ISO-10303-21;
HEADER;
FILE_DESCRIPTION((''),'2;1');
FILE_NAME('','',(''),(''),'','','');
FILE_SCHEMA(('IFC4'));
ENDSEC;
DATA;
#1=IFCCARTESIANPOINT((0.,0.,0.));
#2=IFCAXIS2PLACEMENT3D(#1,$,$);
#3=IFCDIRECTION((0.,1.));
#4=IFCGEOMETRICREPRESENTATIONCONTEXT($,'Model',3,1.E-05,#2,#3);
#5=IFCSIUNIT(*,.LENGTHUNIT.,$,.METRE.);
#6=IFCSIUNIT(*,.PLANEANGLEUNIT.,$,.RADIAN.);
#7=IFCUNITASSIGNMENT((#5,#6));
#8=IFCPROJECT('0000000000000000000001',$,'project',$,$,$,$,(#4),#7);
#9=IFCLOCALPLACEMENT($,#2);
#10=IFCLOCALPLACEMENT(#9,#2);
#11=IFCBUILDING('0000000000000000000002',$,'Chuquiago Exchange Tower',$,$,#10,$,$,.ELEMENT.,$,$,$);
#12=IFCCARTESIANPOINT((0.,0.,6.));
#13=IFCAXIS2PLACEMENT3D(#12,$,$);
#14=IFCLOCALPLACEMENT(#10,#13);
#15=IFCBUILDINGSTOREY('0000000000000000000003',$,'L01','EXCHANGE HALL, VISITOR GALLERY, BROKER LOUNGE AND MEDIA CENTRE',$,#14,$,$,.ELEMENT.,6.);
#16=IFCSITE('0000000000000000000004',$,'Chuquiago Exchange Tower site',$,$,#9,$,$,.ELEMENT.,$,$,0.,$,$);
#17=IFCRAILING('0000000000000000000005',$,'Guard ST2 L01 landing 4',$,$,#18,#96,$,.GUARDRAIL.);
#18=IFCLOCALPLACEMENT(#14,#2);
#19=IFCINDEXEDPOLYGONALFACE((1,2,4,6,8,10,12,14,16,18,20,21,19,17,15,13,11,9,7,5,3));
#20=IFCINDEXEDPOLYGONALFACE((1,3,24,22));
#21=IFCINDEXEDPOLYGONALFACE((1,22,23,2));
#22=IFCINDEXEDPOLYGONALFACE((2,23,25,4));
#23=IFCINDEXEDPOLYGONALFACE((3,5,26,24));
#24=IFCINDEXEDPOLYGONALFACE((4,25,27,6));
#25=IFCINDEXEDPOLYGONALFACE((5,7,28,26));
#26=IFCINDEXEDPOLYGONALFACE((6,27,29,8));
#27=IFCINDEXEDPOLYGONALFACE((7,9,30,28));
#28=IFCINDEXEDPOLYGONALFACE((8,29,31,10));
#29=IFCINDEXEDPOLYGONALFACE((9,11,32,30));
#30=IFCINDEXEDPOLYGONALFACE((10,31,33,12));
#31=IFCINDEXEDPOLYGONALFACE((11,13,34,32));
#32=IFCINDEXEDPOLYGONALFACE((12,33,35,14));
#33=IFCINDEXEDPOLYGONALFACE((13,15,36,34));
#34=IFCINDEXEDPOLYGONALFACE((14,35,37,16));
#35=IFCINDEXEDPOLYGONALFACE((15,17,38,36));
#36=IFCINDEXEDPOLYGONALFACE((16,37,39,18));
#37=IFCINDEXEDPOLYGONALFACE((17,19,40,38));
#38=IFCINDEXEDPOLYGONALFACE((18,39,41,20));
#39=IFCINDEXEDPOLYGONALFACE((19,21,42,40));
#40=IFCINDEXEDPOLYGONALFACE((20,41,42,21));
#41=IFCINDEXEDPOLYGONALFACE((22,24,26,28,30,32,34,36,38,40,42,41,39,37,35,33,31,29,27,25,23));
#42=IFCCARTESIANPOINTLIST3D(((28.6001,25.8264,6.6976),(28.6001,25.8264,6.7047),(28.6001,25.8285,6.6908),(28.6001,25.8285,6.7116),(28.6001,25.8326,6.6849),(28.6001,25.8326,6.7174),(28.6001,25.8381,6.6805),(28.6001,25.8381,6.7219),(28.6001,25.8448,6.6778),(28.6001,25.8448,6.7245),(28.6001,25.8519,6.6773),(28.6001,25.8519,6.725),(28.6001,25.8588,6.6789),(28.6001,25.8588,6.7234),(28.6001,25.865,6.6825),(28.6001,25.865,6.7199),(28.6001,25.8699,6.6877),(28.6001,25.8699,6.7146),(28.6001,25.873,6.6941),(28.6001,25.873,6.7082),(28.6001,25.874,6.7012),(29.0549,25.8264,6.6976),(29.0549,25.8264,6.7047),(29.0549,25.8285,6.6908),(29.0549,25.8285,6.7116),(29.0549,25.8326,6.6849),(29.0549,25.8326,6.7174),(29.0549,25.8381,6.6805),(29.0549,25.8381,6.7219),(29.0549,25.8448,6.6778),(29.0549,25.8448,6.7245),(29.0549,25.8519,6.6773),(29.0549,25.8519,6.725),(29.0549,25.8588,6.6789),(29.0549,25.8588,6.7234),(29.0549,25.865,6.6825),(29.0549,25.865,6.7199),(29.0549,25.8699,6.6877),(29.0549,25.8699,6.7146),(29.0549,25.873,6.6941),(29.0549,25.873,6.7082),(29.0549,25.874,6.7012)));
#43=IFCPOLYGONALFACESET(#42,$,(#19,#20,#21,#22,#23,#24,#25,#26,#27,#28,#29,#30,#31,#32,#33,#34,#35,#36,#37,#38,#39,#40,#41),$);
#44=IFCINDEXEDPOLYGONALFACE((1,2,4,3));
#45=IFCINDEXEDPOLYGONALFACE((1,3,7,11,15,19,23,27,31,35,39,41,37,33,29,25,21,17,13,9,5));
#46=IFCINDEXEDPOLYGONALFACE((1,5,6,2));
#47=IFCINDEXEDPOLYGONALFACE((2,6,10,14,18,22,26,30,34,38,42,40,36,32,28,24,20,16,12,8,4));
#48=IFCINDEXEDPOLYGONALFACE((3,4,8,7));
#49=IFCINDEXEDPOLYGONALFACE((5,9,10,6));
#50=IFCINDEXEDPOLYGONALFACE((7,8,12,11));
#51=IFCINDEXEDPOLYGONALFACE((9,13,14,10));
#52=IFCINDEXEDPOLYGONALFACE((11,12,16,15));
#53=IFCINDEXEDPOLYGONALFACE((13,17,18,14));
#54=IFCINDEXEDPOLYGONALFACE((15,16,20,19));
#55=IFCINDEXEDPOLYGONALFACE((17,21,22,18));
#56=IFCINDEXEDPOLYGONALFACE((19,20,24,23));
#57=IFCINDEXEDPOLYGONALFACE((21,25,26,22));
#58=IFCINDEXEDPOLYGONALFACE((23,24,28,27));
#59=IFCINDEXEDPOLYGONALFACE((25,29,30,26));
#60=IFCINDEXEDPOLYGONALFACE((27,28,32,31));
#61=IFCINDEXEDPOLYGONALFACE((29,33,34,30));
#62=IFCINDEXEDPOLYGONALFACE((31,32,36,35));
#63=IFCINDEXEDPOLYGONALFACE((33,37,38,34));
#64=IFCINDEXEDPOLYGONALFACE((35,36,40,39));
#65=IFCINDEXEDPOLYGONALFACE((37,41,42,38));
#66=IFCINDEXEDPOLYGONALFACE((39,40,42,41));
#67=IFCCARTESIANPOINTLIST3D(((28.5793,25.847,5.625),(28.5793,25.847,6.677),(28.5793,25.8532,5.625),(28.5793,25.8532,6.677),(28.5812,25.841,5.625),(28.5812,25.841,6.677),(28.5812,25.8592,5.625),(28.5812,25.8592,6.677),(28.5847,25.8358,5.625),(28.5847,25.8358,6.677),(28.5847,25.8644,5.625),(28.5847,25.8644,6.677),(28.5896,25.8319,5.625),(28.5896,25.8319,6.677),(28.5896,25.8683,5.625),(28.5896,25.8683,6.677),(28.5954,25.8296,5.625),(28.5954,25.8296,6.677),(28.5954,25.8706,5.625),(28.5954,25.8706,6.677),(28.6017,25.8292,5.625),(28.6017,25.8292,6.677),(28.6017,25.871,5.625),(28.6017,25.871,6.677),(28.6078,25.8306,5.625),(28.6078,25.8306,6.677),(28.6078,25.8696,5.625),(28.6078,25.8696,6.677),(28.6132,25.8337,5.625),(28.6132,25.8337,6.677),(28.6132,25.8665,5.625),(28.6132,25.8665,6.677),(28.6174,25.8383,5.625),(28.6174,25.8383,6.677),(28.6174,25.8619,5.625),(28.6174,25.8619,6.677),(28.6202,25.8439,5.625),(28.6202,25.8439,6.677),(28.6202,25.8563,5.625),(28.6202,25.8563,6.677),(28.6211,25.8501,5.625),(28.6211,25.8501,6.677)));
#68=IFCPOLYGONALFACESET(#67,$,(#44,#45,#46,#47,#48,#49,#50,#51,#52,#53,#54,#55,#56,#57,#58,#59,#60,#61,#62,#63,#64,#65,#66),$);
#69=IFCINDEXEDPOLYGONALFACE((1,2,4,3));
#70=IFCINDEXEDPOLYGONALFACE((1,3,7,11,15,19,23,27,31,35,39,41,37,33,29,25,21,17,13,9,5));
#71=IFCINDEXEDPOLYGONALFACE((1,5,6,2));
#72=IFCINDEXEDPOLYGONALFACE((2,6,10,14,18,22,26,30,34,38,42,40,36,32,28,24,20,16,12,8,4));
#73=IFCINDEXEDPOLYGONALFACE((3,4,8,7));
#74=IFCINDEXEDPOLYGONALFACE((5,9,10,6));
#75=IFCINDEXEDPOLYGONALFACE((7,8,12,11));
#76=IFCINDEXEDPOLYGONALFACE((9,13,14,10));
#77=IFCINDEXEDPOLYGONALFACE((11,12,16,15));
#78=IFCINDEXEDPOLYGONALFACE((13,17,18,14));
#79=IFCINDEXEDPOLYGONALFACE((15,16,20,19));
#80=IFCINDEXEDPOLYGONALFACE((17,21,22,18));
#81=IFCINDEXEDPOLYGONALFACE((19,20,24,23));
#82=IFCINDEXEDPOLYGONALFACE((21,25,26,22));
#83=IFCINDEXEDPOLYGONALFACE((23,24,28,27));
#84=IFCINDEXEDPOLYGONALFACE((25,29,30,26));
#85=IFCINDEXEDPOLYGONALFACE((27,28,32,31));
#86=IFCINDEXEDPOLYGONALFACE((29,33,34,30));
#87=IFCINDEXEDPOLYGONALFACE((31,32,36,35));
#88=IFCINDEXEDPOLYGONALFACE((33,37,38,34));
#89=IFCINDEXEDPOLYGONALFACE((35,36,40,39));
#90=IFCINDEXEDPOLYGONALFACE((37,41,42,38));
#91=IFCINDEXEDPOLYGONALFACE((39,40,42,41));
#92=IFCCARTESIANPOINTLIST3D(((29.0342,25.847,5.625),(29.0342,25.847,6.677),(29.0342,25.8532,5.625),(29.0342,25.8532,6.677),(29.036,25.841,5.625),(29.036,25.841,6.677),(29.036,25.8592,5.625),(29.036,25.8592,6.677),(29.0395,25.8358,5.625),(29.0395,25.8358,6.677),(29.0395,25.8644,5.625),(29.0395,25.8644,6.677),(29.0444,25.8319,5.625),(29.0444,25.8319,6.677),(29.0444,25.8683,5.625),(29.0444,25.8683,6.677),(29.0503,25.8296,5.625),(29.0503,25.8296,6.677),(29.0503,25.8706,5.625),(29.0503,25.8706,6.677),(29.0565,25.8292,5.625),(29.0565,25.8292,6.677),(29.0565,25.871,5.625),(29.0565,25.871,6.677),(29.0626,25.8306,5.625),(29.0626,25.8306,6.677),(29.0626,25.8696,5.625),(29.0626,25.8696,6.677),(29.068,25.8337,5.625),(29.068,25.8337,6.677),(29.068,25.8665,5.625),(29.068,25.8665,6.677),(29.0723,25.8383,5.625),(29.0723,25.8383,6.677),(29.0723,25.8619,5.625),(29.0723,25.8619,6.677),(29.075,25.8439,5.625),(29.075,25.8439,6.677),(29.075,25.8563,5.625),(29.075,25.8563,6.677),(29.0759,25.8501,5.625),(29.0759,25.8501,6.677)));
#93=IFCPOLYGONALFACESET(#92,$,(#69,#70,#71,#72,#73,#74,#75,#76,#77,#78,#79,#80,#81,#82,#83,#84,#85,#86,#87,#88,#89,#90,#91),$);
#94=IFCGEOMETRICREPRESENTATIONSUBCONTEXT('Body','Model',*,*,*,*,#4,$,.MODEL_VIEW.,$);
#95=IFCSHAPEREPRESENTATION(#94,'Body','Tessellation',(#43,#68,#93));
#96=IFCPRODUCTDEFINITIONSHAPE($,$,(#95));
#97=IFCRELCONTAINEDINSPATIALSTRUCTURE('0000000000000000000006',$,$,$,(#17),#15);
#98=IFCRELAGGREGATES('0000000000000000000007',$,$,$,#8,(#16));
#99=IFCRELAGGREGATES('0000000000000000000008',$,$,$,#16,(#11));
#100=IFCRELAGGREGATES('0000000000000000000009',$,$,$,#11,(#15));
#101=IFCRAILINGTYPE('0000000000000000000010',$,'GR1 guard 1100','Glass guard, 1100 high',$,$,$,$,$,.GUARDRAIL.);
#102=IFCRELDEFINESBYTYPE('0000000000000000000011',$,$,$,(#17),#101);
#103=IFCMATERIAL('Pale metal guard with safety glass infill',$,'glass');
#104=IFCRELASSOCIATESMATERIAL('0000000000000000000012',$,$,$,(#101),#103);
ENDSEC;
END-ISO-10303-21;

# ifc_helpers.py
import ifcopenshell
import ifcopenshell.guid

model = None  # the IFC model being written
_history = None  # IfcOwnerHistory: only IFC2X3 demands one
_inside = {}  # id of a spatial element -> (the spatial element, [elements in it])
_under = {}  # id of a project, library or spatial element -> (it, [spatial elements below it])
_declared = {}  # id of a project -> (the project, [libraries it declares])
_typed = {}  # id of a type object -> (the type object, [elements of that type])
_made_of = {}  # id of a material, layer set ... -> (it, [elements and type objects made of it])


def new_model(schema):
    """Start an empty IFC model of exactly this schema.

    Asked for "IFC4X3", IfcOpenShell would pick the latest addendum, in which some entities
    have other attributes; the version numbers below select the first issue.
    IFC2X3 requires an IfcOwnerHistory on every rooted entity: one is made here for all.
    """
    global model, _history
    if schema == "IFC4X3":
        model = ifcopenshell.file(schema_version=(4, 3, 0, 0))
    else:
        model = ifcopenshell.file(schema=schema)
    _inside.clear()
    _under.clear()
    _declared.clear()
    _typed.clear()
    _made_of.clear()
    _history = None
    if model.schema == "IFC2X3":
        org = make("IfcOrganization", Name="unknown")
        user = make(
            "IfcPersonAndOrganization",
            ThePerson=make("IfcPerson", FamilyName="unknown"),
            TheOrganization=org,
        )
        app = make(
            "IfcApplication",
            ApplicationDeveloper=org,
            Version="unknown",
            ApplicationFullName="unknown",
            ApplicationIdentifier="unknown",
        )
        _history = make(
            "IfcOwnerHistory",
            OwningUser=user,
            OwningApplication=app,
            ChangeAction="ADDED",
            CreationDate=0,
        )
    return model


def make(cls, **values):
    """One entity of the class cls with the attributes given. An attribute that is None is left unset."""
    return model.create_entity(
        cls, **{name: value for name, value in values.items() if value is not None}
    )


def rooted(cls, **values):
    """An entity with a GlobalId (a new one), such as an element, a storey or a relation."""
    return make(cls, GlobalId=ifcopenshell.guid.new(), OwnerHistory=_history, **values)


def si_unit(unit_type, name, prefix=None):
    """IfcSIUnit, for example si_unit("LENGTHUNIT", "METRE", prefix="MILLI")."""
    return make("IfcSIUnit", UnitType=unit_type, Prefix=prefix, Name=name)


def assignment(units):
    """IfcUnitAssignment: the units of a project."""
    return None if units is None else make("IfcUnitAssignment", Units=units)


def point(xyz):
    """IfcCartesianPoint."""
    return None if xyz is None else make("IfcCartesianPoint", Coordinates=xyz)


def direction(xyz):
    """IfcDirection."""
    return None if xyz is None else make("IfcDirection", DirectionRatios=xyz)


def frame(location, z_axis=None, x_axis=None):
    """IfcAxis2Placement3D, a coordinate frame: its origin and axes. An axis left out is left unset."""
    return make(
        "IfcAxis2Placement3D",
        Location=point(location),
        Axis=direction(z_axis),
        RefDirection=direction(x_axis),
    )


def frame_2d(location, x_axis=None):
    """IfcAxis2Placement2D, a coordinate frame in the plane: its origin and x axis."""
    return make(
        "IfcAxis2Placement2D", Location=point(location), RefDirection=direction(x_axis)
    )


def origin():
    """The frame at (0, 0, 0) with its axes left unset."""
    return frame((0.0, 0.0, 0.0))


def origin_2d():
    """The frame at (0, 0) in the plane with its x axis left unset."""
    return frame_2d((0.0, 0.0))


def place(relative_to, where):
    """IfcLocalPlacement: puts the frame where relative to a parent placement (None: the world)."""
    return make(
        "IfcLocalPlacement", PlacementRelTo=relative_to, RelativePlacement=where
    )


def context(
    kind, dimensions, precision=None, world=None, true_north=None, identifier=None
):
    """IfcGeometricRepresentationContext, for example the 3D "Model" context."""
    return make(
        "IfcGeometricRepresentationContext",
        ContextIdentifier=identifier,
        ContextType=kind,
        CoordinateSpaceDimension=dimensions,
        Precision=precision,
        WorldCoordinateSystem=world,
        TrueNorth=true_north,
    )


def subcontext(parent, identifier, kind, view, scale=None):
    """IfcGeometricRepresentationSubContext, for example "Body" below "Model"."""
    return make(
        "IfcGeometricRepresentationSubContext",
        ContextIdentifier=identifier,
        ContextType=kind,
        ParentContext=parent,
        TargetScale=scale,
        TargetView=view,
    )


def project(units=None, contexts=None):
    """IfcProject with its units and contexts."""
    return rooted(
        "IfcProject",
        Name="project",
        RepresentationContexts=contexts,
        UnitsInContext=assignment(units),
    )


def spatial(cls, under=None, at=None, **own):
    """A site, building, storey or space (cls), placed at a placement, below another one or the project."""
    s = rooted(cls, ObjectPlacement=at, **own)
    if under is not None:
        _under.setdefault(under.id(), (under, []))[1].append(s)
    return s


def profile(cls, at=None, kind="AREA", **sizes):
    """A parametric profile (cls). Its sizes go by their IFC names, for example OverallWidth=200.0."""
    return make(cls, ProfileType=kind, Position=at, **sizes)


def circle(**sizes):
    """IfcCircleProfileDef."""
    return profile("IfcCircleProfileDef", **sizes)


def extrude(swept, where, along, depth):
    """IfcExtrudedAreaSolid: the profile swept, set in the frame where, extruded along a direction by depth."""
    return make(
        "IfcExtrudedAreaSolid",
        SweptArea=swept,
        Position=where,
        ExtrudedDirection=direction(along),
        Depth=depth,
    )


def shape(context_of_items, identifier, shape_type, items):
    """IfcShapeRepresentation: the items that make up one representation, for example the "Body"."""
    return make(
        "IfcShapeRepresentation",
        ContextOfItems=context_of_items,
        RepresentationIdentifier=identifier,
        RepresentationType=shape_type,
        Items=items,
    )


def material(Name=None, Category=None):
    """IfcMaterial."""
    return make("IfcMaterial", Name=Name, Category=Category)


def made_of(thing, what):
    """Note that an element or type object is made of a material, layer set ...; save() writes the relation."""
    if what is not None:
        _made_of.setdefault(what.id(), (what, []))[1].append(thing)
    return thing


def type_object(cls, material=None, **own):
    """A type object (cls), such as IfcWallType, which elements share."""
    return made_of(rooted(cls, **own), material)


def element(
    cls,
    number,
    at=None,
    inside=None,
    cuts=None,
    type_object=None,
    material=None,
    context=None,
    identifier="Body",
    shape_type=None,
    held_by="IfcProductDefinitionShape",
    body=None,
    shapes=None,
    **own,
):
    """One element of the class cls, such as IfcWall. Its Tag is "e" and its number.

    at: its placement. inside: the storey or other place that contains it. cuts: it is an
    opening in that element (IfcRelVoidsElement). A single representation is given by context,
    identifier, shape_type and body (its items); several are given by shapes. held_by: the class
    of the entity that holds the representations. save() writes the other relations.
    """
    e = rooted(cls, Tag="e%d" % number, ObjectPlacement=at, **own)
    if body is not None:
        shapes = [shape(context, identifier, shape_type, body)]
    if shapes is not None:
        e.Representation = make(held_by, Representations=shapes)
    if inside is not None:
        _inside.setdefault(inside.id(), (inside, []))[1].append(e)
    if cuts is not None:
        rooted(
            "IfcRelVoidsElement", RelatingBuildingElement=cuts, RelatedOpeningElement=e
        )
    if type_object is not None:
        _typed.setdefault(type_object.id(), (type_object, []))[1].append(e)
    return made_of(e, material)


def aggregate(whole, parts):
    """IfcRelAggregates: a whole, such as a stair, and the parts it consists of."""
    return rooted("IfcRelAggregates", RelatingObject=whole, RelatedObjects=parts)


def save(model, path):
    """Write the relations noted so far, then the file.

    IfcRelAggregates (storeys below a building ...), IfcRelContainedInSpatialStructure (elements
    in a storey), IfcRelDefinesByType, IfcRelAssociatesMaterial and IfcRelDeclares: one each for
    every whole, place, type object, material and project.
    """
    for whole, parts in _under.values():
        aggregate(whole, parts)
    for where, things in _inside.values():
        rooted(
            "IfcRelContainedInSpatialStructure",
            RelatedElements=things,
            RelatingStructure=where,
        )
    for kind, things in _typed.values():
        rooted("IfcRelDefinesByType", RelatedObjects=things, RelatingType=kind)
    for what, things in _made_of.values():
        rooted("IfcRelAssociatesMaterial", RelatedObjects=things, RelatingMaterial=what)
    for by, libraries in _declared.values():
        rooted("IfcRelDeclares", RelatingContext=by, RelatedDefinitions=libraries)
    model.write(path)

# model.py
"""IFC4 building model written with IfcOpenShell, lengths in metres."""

from ifc_helpers import new_model, si_unit, direction, frame, origin, origin_2d, place, context, subcontext, project, spatial, circle, extrude, material, type_object, element, save


model = new_model("IFC4")

# Units and contexts
model_context = context("Model", 3, precision=1e-05, world=origin(), true_north=direction((0.0, 1.0)))
body_context = subcontext(model_context, "Body", "Model", "MODEL_VIEW")
ifc_project = project(units=[si_unit("LENGTHUNIT", "METRE"), si_unit("PLANEANGLEUNIT", "RADIAN")], contexts=[model_context])

# Site, building, storey
site_placement = place(None, origin())
site = spatial("IfcSite", under=ifc_project, at=site_placement, Name="Chuquiago Exchange Tower site", CompositionType="ELEMENT", RefElevation=0.0)
building_placement = place(site_placement, origin())
building = spatial("IfcBuilding", under=site, at=building_placement, Name="Chuquiago Exchange Tower", CompositionType="ELEMENT")
storey_placement = place(building_placement, frame((0.0, 0.0, 6.0)))
storey = spatial("IfcBuildingStorey", under=building, at=storey_placement, Name="L01", Description="EXCHANGE HALL, VISITOR GALLERY, BROKER LOUNGE AND MEDIA CENTRE", CompositionType="ELEMENT", Elevation=6.0)

# Railing
ifc_material_1 = material(Name="Pale metal guard with safety glass infill", Category="glass")
railing_type = type_object("IfcRailingType", Name="GR1 guard 1100", Description="Glass guard, 1100 high", PredefinedType="GUARDRAIL", material=ifc_material_1)
for number, where, name in (
    (1, (28.6001, 25.8501, 5.625), "Guard ST2 L01 landing 4"),
):
    element("IfcRailing", number, at=place(storey_placement, frame(where)), inside=storey, type_object=railing_type, Name=name, PredefinedType="GUARDRAIL", context=body_context, shape_type="SweptSolid", body=[
        extrude(circle(Radius=0.0239, at=origin_2d()), frame((0.0, 0.0, 1.0762), z_axis=(1.0, 0.0, 0.0), x_axis=(0.0, 1.0, 0.0)), (0.0, 0.0, 1.0), 0.4548),
        extrude(circle(Radius=0.021, at=origin_2d()), origin(), (0.0, 0.0, 1.0), 1.052),
        extrude(circle(Radius=0.021, at=origin_2d()), frame((0.4548, 0.0, 0.0)), (0.0, 0.0, 1.0), 1.052),
    ])

save(model, "model.ifc")
